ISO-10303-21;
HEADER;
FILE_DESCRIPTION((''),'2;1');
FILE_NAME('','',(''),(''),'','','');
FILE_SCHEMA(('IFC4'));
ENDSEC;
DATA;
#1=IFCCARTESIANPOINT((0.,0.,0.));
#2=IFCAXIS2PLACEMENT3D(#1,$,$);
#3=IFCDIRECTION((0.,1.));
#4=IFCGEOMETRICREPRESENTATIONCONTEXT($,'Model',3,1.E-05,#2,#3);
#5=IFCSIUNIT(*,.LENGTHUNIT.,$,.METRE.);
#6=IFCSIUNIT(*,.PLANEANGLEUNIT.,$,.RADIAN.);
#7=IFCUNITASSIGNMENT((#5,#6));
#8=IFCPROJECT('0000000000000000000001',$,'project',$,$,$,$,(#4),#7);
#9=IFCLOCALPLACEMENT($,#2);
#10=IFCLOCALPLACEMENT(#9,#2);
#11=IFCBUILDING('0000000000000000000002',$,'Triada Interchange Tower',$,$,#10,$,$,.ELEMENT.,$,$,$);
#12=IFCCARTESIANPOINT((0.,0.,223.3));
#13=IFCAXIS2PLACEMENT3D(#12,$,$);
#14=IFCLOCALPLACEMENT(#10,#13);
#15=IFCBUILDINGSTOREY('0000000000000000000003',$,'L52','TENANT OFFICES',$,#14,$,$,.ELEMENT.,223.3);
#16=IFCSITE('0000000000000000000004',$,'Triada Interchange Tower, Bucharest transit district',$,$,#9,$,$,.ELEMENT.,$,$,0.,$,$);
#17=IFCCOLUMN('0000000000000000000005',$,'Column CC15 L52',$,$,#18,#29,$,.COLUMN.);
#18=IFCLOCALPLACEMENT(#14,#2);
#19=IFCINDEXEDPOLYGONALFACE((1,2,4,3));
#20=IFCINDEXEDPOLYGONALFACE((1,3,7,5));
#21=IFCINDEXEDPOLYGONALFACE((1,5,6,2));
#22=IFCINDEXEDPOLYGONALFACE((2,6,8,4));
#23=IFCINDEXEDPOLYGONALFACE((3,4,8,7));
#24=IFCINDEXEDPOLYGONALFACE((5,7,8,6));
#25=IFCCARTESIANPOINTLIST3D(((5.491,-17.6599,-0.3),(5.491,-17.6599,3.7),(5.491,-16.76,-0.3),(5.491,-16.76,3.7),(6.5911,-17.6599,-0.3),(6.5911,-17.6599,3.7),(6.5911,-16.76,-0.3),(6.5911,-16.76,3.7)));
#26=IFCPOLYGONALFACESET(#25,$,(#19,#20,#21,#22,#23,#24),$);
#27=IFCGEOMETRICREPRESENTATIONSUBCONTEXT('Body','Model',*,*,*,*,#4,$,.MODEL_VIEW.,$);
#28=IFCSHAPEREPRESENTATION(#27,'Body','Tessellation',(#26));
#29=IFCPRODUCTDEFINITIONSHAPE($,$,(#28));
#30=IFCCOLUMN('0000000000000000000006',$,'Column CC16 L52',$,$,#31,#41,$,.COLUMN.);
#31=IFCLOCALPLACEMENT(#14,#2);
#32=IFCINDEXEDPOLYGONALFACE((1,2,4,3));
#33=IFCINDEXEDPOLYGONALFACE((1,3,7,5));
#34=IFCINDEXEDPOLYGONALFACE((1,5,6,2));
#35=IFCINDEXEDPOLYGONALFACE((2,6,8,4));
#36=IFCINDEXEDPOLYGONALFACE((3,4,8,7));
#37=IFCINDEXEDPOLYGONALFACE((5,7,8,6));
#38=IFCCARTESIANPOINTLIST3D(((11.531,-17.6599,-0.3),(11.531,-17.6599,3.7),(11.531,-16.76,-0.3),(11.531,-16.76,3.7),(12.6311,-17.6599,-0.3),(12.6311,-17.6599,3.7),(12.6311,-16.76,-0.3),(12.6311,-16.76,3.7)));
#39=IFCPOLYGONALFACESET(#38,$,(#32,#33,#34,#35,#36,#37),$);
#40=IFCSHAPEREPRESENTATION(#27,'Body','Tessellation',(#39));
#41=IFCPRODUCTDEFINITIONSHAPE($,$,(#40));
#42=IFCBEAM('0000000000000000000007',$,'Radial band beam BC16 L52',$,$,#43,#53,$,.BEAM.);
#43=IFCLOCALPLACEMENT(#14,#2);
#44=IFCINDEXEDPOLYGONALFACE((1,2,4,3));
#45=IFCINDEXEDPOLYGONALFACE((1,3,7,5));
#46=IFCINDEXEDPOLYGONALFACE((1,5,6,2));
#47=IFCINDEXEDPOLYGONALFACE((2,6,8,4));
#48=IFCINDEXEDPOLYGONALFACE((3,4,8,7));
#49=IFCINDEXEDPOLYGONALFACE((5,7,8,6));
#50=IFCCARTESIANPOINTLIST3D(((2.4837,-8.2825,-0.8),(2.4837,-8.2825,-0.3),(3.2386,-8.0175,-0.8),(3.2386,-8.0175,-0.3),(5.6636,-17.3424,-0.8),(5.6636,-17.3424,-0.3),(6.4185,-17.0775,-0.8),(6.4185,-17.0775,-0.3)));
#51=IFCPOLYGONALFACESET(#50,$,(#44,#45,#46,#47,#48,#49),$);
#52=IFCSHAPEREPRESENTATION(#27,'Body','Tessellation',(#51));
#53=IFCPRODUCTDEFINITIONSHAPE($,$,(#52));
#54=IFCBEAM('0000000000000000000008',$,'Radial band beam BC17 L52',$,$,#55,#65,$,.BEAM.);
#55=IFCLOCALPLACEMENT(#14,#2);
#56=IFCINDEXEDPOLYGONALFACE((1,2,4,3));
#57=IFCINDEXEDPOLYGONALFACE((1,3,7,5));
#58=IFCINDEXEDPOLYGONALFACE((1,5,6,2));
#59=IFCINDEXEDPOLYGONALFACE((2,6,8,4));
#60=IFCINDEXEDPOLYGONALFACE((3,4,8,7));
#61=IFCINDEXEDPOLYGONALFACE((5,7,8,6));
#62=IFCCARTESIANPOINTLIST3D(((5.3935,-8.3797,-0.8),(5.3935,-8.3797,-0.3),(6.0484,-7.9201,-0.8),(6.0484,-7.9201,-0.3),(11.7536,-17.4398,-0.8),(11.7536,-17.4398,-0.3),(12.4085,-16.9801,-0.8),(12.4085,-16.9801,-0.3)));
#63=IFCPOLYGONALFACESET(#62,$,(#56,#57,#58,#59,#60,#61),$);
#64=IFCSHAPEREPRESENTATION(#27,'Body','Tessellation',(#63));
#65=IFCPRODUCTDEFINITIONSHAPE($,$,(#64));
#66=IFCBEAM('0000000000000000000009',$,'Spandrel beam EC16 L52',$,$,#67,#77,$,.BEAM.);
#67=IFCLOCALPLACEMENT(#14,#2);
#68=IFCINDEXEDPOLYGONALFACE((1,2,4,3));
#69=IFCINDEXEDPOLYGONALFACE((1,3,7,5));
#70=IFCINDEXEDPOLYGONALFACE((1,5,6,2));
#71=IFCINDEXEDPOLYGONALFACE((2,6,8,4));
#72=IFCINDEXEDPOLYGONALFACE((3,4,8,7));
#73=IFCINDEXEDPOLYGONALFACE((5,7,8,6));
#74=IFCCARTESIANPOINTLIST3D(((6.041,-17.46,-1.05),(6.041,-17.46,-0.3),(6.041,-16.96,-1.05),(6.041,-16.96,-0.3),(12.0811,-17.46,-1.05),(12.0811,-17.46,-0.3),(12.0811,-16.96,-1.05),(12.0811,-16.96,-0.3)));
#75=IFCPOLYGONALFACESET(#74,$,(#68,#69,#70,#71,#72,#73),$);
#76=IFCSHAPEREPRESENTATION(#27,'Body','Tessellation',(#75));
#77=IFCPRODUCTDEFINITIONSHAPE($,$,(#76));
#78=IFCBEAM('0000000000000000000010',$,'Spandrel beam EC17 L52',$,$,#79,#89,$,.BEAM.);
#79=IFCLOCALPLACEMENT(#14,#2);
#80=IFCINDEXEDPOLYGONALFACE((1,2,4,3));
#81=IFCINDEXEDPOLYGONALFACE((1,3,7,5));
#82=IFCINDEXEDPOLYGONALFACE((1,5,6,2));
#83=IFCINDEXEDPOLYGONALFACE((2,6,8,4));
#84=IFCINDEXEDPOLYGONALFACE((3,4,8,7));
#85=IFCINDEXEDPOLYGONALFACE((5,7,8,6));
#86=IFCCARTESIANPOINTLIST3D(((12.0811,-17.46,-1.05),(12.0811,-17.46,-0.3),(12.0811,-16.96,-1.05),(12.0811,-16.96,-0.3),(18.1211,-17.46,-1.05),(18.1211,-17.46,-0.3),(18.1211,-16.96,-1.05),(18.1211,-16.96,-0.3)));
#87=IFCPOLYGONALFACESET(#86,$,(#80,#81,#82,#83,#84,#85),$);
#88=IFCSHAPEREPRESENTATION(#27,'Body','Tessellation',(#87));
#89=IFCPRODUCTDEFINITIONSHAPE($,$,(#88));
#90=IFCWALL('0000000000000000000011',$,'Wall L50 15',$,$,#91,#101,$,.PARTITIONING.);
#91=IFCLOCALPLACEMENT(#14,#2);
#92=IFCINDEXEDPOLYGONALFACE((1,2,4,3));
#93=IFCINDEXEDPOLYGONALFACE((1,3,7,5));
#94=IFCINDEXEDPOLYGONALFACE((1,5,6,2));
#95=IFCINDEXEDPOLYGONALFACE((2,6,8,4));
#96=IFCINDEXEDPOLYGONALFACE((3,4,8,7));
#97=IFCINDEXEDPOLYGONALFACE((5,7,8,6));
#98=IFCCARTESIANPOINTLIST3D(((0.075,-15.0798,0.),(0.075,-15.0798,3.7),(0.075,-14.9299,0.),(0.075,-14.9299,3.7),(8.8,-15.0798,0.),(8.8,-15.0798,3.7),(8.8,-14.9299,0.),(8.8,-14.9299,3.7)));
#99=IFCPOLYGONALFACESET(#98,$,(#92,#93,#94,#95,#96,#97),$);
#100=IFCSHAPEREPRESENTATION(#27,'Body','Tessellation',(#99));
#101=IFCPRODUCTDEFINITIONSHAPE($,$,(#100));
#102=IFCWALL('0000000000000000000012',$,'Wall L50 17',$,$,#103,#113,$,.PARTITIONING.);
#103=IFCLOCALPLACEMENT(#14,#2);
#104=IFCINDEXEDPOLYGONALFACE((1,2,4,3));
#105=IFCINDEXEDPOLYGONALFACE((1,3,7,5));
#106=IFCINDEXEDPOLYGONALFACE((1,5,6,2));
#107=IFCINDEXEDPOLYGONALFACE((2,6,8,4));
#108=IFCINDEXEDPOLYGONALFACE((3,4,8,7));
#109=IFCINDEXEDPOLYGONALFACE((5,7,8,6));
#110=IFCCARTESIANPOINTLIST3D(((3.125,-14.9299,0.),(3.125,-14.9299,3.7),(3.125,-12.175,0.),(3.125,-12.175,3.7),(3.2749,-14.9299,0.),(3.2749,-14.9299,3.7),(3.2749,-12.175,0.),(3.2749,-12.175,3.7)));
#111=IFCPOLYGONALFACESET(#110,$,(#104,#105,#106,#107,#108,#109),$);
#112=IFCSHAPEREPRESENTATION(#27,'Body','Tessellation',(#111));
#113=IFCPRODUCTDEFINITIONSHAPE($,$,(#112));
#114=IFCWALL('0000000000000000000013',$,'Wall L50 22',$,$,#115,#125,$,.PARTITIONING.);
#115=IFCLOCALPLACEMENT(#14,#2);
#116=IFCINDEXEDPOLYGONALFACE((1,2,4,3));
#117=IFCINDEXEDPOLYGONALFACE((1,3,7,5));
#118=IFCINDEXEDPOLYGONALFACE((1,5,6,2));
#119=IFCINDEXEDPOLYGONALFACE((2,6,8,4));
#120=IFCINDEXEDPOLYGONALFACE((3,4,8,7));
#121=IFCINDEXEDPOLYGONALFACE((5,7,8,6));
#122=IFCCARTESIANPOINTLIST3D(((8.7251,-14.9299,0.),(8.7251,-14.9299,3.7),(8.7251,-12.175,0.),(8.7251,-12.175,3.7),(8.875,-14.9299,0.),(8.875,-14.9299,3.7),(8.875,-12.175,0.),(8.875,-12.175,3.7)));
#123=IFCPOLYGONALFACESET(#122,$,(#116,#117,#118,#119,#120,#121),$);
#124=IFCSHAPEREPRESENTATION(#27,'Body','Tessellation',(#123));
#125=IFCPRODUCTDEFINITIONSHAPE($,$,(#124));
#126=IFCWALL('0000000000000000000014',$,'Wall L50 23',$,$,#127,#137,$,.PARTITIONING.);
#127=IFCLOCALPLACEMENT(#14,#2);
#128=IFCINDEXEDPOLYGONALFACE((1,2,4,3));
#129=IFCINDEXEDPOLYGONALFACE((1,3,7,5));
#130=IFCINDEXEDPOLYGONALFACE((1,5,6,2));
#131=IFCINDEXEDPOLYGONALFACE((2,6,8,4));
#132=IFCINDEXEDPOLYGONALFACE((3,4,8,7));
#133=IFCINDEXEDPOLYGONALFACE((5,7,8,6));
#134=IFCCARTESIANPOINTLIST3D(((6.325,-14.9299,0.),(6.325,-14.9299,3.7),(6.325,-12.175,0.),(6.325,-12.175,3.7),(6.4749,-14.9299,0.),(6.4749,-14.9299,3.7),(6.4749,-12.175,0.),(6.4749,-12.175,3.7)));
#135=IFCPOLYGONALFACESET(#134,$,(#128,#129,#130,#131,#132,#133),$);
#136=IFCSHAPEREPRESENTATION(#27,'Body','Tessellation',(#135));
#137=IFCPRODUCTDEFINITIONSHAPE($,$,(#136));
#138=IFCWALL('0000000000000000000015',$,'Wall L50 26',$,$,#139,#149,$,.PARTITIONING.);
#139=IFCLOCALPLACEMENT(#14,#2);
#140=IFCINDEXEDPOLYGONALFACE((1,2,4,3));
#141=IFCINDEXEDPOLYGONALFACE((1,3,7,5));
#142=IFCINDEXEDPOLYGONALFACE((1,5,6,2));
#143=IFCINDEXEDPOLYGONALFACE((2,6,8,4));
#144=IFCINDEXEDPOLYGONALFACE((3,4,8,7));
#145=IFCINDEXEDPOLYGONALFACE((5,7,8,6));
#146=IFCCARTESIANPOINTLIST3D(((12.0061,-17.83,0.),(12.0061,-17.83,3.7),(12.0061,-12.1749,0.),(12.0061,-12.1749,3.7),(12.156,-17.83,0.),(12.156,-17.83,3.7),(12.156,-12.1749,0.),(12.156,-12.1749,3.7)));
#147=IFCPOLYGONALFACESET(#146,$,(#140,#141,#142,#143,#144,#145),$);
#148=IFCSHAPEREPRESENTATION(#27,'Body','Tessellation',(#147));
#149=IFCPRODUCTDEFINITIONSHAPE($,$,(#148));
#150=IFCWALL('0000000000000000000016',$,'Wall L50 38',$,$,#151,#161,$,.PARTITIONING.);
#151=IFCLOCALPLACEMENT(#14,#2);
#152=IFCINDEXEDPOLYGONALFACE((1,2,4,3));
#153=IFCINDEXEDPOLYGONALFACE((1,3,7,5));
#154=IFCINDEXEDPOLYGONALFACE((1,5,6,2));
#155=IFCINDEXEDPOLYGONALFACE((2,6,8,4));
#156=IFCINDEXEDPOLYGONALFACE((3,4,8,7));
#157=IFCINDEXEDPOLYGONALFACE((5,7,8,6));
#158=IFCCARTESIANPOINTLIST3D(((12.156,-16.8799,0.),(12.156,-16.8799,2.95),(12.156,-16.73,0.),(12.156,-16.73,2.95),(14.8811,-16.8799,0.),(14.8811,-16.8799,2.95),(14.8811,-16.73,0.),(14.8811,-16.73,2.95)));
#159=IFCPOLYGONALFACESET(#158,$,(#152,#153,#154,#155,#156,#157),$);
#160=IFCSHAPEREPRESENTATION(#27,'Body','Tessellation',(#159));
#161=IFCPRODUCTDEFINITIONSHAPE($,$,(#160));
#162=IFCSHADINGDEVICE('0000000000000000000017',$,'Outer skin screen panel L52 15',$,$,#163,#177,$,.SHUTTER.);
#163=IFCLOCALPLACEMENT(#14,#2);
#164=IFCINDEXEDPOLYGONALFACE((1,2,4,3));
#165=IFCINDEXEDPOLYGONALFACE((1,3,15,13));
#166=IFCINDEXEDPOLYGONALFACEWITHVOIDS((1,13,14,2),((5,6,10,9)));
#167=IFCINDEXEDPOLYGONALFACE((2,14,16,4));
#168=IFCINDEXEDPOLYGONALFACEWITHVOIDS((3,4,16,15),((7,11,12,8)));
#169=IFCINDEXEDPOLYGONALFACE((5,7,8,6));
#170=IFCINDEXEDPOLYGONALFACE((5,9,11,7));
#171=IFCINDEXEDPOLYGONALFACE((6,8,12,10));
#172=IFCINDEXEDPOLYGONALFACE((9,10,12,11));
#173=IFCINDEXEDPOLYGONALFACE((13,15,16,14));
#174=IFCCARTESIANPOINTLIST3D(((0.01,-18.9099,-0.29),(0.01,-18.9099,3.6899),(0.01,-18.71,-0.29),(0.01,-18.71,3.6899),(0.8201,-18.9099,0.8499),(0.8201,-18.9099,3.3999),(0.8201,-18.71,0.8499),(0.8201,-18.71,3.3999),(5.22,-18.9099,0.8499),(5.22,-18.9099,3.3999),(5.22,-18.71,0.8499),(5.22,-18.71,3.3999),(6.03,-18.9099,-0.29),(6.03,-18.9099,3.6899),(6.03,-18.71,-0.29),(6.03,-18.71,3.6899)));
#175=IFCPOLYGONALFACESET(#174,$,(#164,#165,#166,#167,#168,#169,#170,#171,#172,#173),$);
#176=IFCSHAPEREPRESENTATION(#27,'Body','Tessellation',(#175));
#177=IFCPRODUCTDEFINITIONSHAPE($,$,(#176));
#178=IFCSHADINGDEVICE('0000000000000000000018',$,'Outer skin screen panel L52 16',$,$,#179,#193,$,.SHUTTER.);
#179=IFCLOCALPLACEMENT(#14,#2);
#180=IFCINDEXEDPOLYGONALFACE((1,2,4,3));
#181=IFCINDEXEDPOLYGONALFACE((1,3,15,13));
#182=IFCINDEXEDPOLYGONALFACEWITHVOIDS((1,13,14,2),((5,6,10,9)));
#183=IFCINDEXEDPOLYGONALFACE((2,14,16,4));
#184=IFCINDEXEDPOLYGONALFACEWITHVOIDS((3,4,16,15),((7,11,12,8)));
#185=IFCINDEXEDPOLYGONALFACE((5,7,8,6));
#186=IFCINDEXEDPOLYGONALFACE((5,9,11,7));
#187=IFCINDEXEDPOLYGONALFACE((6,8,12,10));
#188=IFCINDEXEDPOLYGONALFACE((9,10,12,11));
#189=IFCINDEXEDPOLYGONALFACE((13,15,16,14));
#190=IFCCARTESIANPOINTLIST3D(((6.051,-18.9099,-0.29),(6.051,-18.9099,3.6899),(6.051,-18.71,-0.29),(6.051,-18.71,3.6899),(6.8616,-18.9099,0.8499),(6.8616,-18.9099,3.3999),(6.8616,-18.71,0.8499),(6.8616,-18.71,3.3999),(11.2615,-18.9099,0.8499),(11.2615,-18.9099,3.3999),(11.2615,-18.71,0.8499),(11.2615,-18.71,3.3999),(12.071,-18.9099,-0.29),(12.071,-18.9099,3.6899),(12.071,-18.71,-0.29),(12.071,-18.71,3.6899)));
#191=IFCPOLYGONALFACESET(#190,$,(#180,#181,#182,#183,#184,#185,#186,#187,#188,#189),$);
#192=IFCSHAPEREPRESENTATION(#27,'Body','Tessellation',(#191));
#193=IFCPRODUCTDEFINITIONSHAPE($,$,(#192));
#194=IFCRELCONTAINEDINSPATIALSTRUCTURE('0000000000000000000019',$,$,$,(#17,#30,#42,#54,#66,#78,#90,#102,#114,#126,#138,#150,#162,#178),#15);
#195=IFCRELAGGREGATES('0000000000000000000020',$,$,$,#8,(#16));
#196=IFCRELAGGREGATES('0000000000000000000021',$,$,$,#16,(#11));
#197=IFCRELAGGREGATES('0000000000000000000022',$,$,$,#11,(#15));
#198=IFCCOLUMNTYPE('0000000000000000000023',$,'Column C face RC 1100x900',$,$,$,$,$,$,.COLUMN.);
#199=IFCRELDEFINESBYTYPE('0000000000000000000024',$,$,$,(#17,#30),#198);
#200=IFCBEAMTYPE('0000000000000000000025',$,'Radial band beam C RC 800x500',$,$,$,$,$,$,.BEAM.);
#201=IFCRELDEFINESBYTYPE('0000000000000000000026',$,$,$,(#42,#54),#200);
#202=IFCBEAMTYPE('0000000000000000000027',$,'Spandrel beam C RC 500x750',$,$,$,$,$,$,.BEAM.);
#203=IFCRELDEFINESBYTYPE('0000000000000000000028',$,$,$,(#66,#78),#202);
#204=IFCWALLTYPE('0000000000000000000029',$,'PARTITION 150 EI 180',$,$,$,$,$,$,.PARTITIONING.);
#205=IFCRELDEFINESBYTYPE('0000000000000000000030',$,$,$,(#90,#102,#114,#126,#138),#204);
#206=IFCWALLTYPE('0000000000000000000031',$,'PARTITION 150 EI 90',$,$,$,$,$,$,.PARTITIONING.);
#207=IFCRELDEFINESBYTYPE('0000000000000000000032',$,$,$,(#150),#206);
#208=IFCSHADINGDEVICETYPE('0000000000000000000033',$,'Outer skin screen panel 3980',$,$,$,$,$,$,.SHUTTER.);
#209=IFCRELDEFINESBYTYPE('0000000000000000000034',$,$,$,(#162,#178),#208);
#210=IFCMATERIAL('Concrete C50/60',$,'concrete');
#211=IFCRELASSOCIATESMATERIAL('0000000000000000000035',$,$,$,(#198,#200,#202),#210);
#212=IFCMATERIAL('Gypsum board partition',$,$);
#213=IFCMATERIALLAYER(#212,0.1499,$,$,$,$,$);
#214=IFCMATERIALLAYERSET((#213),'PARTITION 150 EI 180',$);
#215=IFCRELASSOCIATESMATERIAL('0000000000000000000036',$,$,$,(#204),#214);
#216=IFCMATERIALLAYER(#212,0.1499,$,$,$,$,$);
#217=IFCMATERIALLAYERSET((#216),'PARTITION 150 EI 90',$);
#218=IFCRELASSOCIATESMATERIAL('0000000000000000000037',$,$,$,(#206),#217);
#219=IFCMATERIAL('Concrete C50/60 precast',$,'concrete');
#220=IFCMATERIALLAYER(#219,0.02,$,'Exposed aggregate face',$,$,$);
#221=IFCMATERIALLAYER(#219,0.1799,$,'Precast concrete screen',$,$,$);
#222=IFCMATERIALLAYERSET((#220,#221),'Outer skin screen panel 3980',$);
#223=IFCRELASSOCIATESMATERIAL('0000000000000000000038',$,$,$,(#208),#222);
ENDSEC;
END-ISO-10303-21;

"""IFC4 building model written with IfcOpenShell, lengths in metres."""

from ifc_helpers import new_model, si_unit, direction, frame, frame_2d, origin, origin_2d, place, context, subcontext, project, spatial, polyline, rectangle, outline, extrude, material, layer, layer_set, material_profile, profile_set, type_object, element, save


model = new_model("IFC4")

# Units and contexts
model_context = context("Model", 3, precision=1e-05, world=origin(), true_north=direction((0.0, 1.0)))
body_context = subcontext(model_context, "Body", "Model", "MODEL_VIEW")
ifc_project = project(units=[si_unit("LENGTHUNIT", "METRE"), si_unit("PLANEANGLEUNIT", "RADIAN")], contexts=[model_context])

# Site, building, storey
site_placement = place(None, origin())
site = spatial("IfcSite", under=ifc_project, at=site_placement, Name="Triada Interchange Tower, Bucharest transit district", CompositionType="ELEMENT", RefElevation=0.0)
building_placement = place(site_placement, origin())
building = spatial("IfcBuilding", under=site, at=building_placement, Name="Triada Interchange Tower", CompositionType="ELEMENT")
storey_placement = place(building_placement, frame((0.0, 0.0, 223.3)))
storey = spatial("IfcBuildingStorey", under=building, at=storey_placement, Name="L52", Description="TENANT OFFICES", CompositionType="ELEMENT", Elevation=223.3)

# Columns
ifc_material_1 = material(Name="Concrete C50/60", Category="concrete")
ifc_material_profile_1 = material_profile(ifc_material_1, rectangle(XDim=1.1001, YDim=0.8999, at=origin_2d()), Name="RC 1100x900")
ifc_profile_set_1 = profile_set([ifc_material_profile_1], Name="Concrete C50/60")
column_type = type_object("IfcColumnType", Name="Column C face RC 1100x900", PredefinedType="COLUMN", material=ifc_profile_set_1)
for number, where, z_axis, x_axis, name in (
    (1, (6.041, -17.21, -0.3), (0.0, 0.0, 1.0), (1.0, 0.0, 0.0), "Column CC15 L52"),
    (2, (12.0811, -17.21, -0.3), (0.0, 0.0, 1.0), (1.0, 0.0, 0.0), "Column CC16 L52"),
):
    element("IfcColumn", number, at=place(storey_placement, frame(where, z_axis=z_axis, x_axis=x_axis)), inside=storey, type_object=column_type, Name=name, PredefinedType="COLUMN", context=body_context, shape_type="SweptSolid", body=[
        extrude(rectangle(XDim=1.1001, YDim=0.8999, at=origin_2d()), origin(), (0.0, 0.0, 1.0), 4.0),
    ])

# Beams
ifc_material_profile_2 = material_profile(ifc_material_1, rectangle(XDim=0.8, YDim=0.5, at=origin_2d()), Name="RC 800x500")
ifc_profile_set_2 = profile_set([ifc_material_profile_2], Name="Concrete C50/60")
beam_type_1 = type_object("IfcBeamType", Name="Radial band beam C RC 800x500", PredefinedType="BEAM", material=ifc_profile_set_2)
beam_1_placement = place(storey_placement, frame((6.041, -17.21, -0.55), z_axis=(-0.331177, 0.943569, 0.0), x_axis=(-0.943569, -0.331177, 0.0)))
element("IfcBeam", 3, at=beam_1_placement, inside=storey, type_object=beam_type_1, Name="Radial band beam BC16 L52", PredefinedType="BEAM", context=body_context, shape_type="SweptSolid", body=[
    extrude(rectangle(XDim=0.8, YDim=0.5, at=origin_2d()), origin(), (0.0, 0.0, 1.0), 9.6018),
])
beam_2_placement = place(storey_placement, frame((12.0811, -17.21, -0.55), z_axis=(-0.574557, 0.818464, 0.0), x_axis=(-0.818464, -0.574557, 0.0)))
element("IfcBeam", 4, at=beam_2_placement, inside=storey, type_object=beam_type_1, Name="Radial band beam BC17 L52", PredefinedType="BEAM", context=body_context, shape_type="SweptSolid", body=[
    extrude(rectangle(XDim=0.8, YDim=0.5, at=origin_2d()), origin(), (0.0, 0.0, 1.0), 11.0696),
])
ifc_material_profile_3 = material_profile(ifc_material_1, rectangle(XDim=0.5, YDim=0.75, at=origin_2d()), Name="RC 500x750")
ifc_profile_set_3 = profile_set([ifc_material_profile_3], Name="Concrete C50/60")
beam_type_2 = type_object("IfcBeamType", Name="Spandrel beam C RC 500x750", PredefinedType="BEAM", material=ifc_profile_set_3)
for number, where, z_axis, x_axis, name in (
    (5, (6.041, -17.21, -0.675), (1.0, 0.0, 0.0), (0.0, 1.0, 0.0), "Spandrel beam EC16 L52"),
    (6, (12.0811, -17.21, -0.675), (1.0, 0.0, 0.0), (0.0, 1.0, 0.0), "Spandrel beam EC17 L52"),
):
    element("IfcBeam", number, at=place(storey_placement, frame(where, z_axis=z_axis, x_axis=x_axis)), inside=storey, type_object=beam_type_2, Name=name, PredefinedType="BEAM", context=body_context, shape_type="SweptSolid", body=[
        extrude(rectangle(XDim=0.5, YDim=0.75, at=origin_2d()), origin(), (0.0, 0.0, 1.0), 6.04),
    ])

# Walls
ifc_material_2 = material(Name="Gypsum board partition")
ifc_layer_1 = layer(ifc_material_2, 0.1499)
ifc_layer_set_1 = layer_set([ifc_layer_1], Name="PARTITION 150 EI 180")
wall_type_1 = type_object("IfcWallType", Name="PARTITION 150 EI 180", PredefinedType="PARTITIONING", material=ifc_layer_set_1)
wall_1_placement = place(storey_placement, frame((0.075, -15.0049, 0.0), z_axis=(0.0, 0.0, 1.0), x_axis=(1.0, 0.0, 0.0)))
element("IfcWall", 7, at=wall_1_placement, inside=storey, type_object=wall_type_1, Name="Wall L50 15", PredefinedType="PARTITIONING", context=body_context, shape_type="SweptSolid", body=[
    extrude(rectangle(XDim=8.7251, YDim=0.1499, at=frame_2d((4.3625, 0.0))), origin(), (0.0, 0.0, 1.0), 3.7),
])
for number, where, z_axis, x_axis, name in (
    (8, (3.2, -14.9299, 0.0), (0.0, 0.0, 1.0), (0.0, 1.0, 0.0), "Wall L50 17"),
    (9, (8.8, -14.9299, 0.0), (0.0, 0.0, 1.0), (0.0, 1.0, 0.0), "Wall L50 22"),
    (10, (6.3999, -14.9299, 0.0), (0.0, 0.0, 1.0), (0.0, 1.0, 0.0), "Wall L50 23"),
):
    element("IfcWall", number, at=place(storey_placement, frame(where, z_axis=z_axis, x_axis=x_axis)), inside=storey, type_object=wall_type_1, Name=name, PredefinedType="PARTITIONING", context=body_context, shape_type="SweptSolid", body=[
        extrude(rectangle(XDim=2.7549, YDim=0.1499, at=frame_2d((1.3774, 0.0))), origin(), (0.0, 0.0, 1.0), 3.7),
    ])
wall_2_placement = place(storey_placement, frame((12.0811, -17.8301, 0.0), z_axis=(0.0, 0.0, 1.0), x_axis=(0.0, 1.0, 0.0)))
element("IfcWall", 11, at=wall_2_placement, inside=storey, type_object=wall_type_1, Name="Wall L50 26", PredefinedType="PARTITIONING", context=body_context, shape_type="SweptSolid", body=[
    extrude(rectangle(XDim=5.655, YDim=0.1499, at=frame_2d((2.8276, 0.0))), origin(), (0.0, 0.0, 1.0), 3.7),
])
ifc_layer_2 = layer(ifc_material_2, 0.1499)
ifc_layer_set_2 = layer_set([ifc_layer_2], Name="PARTITION 150 EI 90")
wall_type_2 = type_object("IfcWallType", Name="PARTITION 150 EI 90", PredefinedType="PARTITIONING", material=ifc_layer_set_2)
wall_3_placement = place(storey_placement, frame((12.156, -16.8049, 0.0), z_axis=(0.0, 0.0, 1.0), x_axis=(1.0, 0.0, 0.0)))
element("IfcWall", 12, at=wall_3_placement, inside=storey, type_object=wall_type_2, Name="Wall L50 38", PredefinedType="PARTITIONING", context=body_context, shape_type="SweptSolid", body=[
    extrude(rectangle(XDim=2.7251, YDim=0.1499, at=frame_2d((1.3625, 0.0))), origin(), (0.0, 0.0, 1.0), 2.95),
])

# Shading devices
ifc_material_3 = material(Name="Concrete C50/60 precast", Category="concrete")
ifc_layer_3 = layer(ifc_material_3, 0.02, Name="Exposed aggregate face")
ifc_layer_4 = layer(ifc_material_3, 0.1799, Name="Precast concrete screen")
ifc_layer_set_3 = layer_set([ifc_layer_3, ifc_layer_4], Name="Outer skin screen panel 3980")
shading_device_type = type_object("IfcShadingDeviceType", Name="Outer skin screen panel 3980", PredefinedType="SHUTTER", material=ifc_layer_set_3)
shading_device_1_placement = place(storey_placement, frame((0.01, -18.71, -0.29), z_axis=(0.0, 0.0, 1.0), x_axis=(1.0, 0.0, 0.0)))
element("IfcShadingDevice", 13, at=shading_device_1_placement, inside=storey, type_object=shading_device_type, Name="Outer skin screen panel L52 15", PredefinedType="SHUTTER", context=body_context, shape_type="SweptSolid", body=[
    extrude(outline(polyline([(0.0, 0.0), (6.02, 0.0), (6.02, 3.98), (0.0, 3.98), (0.0, 0.0)]), holes=[polyline([(0.8101, 1.1399), (0.8101, 3.6899), (5.21, 3.6899), (5.21, 1.1399), (0.8101, 1.1399)])]), frame((0.0, 0.0, 0.0), z_axis=(0.0, -1.0, 0.0), x_axis=(1.0, 0.0, 0.0)), (0.0, 0.0, 1.0), 0.2),
])
shading_device_2_placement = place(storey_placement, frame((6.051, -18.71, -0.29), z_axis=(0.0, 0.0, 1.0), x_axis=(1.0, 0.0, 0.0)))
element("IfcShadingDevice", 14, at=shading_device_2_placement, inside=storey, type_object=shading_device_type, Name="Outer skin screen panel L52 16", PredefinedType="SHUTTER", context=body_context, shape_type="SweptSolid", body=[
    extrude(outline(polyline([(0.0, 0.0), (6.02, 0.0), (6.02, 3.98), (0.0, 3.98), (0.0, 0.0)]), holes=[polyline([(0.8105, 1.1399), (0.8105, 3.6899), (5.2104, 3.6899), (5.2104, 1.1399), (0.8105, 1.1399)])]), frame((0.0, 0.0, 0.0), z_axis=(0.0, -1.0, 0.0), x_axis=(1.0, 0.0, 0.0)), (0.0, 0.0, 1.0), 0.2),
])

save(model, "model.ifc")
